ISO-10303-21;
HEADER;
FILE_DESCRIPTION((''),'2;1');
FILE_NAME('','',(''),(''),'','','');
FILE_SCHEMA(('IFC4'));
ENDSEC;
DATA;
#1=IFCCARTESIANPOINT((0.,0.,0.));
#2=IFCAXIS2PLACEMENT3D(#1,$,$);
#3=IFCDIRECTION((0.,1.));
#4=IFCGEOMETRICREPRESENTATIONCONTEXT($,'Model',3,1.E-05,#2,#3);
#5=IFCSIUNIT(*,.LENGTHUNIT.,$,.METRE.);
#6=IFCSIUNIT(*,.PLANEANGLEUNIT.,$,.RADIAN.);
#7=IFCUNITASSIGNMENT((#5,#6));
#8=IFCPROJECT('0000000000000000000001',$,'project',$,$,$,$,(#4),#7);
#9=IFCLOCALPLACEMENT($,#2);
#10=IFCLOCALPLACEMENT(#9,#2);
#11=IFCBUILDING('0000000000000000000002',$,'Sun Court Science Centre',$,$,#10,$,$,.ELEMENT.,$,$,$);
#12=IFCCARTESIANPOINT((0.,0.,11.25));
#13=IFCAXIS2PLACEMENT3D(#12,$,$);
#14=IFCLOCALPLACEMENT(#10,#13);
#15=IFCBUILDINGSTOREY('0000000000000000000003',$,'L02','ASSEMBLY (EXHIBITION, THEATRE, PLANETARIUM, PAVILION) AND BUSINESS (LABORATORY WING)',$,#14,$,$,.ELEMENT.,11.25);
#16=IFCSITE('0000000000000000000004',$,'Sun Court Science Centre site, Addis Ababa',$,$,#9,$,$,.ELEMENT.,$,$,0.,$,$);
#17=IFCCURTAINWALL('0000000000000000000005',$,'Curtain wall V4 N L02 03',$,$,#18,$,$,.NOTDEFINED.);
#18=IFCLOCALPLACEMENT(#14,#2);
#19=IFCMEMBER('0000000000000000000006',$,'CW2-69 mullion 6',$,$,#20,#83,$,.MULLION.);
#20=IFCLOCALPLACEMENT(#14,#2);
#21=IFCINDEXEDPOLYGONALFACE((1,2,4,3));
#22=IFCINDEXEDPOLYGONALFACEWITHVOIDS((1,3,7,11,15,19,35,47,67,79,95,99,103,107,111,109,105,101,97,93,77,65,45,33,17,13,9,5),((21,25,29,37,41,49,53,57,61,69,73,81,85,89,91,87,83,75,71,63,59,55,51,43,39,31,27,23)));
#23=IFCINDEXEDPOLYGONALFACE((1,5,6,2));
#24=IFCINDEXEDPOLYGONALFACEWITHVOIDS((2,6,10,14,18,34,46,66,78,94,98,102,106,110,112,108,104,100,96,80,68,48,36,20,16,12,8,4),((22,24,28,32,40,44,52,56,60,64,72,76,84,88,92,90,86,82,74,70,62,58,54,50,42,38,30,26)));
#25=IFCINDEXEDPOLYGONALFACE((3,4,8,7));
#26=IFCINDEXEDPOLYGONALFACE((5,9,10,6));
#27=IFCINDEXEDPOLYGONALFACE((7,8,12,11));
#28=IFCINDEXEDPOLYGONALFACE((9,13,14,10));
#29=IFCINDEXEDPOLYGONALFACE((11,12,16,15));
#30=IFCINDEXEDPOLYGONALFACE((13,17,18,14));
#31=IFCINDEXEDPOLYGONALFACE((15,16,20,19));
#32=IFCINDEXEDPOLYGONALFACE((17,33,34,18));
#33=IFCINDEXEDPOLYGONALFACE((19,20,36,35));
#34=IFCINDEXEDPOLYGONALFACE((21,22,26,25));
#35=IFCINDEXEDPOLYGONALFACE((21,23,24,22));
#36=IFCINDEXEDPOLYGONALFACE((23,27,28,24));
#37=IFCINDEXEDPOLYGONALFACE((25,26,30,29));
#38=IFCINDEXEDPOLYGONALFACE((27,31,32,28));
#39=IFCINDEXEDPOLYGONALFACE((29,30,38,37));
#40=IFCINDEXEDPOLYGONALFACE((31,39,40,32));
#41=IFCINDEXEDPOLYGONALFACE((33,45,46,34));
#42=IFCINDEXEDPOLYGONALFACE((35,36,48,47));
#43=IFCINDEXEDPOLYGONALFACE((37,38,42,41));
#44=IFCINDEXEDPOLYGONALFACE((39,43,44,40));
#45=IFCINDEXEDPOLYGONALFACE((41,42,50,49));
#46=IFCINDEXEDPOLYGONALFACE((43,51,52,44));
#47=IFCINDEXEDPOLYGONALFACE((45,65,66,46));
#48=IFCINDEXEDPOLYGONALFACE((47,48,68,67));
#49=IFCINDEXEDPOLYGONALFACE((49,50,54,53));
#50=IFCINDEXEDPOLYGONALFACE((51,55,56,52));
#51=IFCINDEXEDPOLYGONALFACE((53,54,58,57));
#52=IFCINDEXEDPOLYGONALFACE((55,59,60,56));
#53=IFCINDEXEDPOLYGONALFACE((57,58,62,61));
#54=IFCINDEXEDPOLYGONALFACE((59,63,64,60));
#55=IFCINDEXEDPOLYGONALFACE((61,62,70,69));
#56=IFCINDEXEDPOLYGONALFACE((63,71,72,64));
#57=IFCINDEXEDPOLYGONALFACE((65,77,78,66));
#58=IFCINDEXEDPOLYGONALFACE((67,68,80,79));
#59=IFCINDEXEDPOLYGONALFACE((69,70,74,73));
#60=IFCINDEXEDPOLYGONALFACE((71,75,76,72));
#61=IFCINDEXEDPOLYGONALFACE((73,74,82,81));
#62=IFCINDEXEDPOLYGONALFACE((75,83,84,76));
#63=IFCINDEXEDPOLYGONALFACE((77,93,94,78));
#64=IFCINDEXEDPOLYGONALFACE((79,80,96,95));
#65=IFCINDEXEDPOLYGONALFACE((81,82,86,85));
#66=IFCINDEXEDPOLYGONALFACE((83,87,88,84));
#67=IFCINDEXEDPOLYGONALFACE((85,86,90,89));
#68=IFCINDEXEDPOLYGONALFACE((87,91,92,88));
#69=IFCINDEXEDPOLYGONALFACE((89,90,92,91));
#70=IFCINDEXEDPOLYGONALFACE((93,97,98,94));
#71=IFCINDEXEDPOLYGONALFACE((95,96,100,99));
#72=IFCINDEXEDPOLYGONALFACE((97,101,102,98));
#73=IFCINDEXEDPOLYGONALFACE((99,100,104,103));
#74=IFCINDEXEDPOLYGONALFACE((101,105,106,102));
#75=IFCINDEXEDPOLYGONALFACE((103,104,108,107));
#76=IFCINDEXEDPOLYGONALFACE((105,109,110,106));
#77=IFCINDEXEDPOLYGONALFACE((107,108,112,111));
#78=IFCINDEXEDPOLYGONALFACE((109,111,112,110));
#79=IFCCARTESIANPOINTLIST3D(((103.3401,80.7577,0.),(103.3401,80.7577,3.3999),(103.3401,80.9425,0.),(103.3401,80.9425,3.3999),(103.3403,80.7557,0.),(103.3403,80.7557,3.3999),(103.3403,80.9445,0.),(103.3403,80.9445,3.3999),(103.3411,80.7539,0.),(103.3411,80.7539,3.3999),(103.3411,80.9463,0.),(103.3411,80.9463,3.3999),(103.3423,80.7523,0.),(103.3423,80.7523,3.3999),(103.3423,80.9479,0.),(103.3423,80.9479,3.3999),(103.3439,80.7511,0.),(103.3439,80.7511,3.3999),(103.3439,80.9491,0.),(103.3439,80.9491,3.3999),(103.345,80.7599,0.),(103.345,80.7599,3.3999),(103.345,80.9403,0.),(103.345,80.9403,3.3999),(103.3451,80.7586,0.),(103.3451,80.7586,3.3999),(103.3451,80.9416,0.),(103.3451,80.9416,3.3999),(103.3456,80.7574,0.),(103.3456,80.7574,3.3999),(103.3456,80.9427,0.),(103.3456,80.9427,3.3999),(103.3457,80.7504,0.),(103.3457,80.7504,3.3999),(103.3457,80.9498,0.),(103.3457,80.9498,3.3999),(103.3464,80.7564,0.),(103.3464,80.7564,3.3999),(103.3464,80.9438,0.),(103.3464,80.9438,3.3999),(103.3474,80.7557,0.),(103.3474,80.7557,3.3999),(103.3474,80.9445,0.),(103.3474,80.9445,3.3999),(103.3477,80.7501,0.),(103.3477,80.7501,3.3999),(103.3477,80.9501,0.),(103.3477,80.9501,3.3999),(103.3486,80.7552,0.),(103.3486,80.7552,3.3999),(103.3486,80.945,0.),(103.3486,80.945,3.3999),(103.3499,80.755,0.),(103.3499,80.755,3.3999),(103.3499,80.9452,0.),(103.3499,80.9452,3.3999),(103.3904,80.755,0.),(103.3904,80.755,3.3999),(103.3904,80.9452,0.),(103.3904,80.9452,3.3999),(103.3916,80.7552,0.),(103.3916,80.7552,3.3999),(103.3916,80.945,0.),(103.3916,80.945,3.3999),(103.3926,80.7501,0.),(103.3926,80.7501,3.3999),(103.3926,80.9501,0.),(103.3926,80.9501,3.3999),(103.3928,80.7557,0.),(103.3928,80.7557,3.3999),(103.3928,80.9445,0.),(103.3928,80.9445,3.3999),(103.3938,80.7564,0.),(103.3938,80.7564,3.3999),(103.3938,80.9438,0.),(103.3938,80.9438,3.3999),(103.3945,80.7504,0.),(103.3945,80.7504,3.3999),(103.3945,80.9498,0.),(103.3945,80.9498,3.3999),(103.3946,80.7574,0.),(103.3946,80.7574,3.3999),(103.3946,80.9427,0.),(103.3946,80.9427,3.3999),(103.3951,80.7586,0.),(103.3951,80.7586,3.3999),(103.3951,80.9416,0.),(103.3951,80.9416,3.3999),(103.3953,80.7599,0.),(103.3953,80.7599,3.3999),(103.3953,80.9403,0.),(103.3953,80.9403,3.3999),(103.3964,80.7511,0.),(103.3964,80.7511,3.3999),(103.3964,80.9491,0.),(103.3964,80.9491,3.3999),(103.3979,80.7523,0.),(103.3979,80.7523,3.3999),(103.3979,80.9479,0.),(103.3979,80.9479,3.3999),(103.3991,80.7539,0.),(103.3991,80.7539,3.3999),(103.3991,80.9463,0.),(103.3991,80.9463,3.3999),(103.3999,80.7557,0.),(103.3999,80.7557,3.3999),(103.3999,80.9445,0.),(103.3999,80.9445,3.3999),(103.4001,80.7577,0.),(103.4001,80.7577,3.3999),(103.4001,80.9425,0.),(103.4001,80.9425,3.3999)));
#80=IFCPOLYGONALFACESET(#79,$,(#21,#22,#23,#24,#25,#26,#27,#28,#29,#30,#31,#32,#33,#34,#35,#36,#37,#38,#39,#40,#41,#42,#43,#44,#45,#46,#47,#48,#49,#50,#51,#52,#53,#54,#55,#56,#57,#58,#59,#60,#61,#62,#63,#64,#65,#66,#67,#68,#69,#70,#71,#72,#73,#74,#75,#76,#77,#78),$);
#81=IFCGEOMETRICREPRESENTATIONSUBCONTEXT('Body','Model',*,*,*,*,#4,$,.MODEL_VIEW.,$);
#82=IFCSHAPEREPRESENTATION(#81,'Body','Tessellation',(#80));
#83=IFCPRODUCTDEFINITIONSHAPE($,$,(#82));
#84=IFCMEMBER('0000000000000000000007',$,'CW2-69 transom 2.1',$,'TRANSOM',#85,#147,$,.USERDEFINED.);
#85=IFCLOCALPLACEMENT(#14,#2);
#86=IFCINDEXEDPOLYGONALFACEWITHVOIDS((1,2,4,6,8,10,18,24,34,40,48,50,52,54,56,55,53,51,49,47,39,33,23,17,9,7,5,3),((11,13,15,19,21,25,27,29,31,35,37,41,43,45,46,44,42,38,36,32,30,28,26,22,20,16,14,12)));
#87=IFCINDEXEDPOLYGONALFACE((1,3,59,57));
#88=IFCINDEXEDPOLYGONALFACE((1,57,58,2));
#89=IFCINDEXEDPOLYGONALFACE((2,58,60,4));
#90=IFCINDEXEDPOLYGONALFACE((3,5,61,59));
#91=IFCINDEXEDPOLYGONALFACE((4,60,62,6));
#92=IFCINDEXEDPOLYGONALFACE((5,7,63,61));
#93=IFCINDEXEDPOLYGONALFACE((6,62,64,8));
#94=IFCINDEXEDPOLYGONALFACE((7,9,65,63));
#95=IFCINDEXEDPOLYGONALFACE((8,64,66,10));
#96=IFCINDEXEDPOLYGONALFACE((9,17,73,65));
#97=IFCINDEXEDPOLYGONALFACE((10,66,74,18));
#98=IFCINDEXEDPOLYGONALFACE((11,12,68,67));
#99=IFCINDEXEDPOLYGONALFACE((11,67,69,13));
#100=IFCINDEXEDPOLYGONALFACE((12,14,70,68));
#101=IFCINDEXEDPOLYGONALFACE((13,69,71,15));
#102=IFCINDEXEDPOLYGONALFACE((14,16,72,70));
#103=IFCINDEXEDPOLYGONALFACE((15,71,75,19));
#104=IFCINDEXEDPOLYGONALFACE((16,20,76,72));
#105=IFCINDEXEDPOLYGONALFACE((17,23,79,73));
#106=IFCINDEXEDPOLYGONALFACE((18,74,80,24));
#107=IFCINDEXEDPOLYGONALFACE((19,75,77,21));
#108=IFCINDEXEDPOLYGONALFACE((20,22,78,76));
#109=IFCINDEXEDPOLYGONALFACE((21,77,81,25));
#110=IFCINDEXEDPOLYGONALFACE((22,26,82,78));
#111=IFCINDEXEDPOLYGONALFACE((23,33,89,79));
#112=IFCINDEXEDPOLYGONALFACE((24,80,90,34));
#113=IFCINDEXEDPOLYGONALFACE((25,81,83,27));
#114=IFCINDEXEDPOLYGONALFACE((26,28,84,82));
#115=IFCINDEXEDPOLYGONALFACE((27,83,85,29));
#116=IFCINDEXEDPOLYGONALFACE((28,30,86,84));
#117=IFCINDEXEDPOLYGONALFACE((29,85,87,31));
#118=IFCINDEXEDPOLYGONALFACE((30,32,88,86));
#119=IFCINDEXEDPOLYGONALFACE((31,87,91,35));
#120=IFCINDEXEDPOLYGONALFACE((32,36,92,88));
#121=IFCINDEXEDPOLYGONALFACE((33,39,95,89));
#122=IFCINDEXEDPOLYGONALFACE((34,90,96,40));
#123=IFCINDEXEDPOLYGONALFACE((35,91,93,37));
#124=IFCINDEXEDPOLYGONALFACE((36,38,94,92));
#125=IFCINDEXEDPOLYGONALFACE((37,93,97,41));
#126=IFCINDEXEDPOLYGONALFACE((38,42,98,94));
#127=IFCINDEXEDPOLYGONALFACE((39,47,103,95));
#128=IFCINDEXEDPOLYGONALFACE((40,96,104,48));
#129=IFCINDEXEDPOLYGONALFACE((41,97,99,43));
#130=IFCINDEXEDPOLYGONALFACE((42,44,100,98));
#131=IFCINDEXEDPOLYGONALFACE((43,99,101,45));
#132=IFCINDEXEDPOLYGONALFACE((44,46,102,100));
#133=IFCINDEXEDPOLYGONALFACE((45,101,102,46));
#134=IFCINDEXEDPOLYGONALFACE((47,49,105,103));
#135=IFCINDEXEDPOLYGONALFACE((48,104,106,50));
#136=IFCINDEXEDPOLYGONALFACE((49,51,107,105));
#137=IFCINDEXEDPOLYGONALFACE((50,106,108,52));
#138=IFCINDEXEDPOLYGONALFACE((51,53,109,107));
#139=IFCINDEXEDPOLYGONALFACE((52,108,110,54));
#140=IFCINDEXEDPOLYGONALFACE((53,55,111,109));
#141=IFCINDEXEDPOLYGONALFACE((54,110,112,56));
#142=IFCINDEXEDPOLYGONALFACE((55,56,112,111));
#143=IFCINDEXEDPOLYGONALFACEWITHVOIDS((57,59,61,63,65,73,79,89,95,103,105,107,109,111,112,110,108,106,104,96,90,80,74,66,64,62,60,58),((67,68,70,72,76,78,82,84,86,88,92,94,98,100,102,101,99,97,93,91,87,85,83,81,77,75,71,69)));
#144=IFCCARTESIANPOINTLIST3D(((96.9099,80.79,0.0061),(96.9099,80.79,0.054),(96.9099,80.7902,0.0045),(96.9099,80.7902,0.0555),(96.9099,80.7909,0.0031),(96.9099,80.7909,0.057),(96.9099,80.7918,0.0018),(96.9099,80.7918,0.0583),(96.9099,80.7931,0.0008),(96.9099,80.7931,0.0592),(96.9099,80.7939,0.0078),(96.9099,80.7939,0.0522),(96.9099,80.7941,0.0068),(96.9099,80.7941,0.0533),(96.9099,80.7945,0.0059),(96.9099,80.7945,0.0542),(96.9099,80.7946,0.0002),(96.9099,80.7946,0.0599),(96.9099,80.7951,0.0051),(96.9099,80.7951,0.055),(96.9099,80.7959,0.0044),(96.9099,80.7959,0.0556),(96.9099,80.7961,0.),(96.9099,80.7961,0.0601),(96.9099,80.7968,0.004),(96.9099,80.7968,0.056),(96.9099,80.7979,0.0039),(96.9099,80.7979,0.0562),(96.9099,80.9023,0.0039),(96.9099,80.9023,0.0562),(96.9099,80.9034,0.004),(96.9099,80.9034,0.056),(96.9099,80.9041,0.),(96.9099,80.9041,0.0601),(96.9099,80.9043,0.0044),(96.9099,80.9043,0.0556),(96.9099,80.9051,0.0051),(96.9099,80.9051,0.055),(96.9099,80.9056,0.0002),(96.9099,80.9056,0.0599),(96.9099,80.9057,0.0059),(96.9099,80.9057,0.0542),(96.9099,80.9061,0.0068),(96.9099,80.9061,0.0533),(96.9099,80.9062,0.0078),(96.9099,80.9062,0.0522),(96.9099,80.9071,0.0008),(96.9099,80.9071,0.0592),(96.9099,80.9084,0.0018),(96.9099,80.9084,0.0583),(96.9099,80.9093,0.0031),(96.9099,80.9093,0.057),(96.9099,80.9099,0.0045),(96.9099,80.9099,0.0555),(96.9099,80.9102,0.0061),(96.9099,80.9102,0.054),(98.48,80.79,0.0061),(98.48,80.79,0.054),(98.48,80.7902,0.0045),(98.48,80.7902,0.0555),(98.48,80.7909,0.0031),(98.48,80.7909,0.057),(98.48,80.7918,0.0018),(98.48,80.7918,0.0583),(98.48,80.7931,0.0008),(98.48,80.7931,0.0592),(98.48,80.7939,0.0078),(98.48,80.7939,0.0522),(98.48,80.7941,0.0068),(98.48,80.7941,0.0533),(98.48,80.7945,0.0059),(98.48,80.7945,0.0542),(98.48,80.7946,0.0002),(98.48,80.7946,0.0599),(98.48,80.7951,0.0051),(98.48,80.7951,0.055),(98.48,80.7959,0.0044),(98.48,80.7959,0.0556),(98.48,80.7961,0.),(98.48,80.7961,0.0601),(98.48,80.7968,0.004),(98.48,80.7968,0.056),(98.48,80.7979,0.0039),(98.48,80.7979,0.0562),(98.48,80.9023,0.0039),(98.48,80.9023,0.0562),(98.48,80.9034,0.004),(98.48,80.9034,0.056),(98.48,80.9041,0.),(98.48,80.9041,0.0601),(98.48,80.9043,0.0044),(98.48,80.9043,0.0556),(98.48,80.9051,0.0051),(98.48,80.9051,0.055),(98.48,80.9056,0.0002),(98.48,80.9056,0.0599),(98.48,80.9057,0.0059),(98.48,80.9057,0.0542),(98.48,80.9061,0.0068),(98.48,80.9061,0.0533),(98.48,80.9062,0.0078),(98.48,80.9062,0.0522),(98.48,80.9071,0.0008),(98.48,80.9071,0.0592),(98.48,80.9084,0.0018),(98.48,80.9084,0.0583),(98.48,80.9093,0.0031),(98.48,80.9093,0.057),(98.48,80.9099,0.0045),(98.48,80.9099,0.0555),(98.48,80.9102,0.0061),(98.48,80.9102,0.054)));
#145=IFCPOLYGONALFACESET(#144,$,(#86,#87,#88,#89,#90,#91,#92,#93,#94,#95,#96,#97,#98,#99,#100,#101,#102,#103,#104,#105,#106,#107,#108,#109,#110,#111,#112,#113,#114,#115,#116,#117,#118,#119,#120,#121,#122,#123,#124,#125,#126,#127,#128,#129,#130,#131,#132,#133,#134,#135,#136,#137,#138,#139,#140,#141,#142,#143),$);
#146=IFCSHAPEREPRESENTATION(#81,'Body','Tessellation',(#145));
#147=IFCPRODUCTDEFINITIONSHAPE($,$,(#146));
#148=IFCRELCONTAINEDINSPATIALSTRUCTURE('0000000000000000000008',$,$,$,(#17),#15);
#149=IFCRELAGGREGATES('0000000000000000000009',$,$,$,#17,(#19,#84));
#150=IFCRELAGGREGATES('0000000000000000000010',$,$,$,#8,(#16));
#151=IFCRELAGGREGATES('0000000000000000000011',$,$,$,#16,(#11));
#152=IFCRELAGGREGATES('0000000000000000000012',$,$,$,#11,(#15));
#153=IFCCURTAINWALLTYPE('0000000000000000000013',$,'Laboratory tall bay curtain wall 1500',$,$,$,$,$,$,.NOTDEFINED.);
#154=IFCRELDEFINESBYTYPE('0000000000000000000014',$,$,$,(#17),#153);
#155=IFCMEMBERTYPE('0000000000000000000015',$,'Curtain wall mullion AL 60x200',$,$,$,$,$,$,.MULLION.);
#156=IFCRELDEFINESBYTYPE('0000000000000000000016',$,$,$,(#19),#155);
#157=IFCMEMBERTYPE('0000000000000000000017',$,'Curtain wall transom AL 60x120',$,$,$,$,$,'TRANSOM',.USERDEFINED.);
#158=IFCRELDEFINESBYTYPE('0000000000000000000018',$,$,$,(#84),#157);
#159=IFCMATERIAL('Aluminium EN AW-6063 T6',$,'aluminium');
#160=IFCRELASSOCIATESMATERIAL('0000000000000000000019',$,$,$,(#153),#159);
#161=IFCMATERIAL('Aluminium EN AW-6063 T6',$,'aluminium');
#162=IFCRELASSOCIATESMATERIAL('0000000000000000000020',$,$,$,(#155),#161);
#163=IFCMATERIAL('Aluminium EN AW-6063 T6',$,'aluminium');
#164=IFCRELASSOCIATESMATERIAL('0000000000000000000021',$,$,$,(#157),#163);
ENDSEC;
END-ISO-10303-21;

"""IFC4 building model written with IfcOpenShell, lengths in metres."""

from ifc_helpers import new_model, si_unit, direction, frame, origin, origin_2d, place, context, subcontext, project, spatial, hollow_rectangle, extrude, material, material_profile, profile_set, type_object, element, aggregate, save


model = new_model("IFC4")

# Units and contexts
model_context = context("Model", 3, precision=1e-05, world=origin(), true_north=direction((0.0, 1.0)))
body_context = subcontext(model_context, "Body", "Model", "MODEL_VIEW")
ifc_project = project(units=[si_unit("LENGTHUNIT", "METRE"), si_unit("PLANEANGLEUNIT", "RADIAN")], contexts=[model_context])

# Site, building, storey
site_placement = place(None, origin())
site = spatial("IfcSite", under=ifc_project, at=site_placement, Name="Sun Court Science Centre site, Addis Ababa", CompositionType="ELEMENT", RefElevation=0.0)
building_placement = place(site_placement, origin())
building = spatial("IfcBuilding", under=site, at=building_placement, Name="Sun Court Science Centre", CompositionType="ELEMENT")
storey_placement = place(building_placement, frame((0.0, 0.0, 11.25)))
storey = spatial("IfcBuildingStorey", under=building, at=storey_placement, Name="L02", Description="ASSEMBLY (EXHIBITION, THEATRE, PLANETARIUM, PAVILION) AND BUSINESS (LABORATORY WING)", CompositionType="ELEMENT", Elevation=11.25)

# Curtain wall, members
ifc_material_1 = material(Name="Aluminium EN AW-6063 T6", Category="aluminium")
curtain_wall_type = type_object("IfcCurtainWallType", Name="Laboratory tall bay curtain wall 1500", PredefinedType="NOTDEFINED", material=ifc_material_1)
curtain_wall_placement = place(storey_placement, origin())
curtain_wall = element("IfcCurtainWall", 1, at=curtain_wall_placement, inside=storey, type_object=curtain_wall_type, Name="Curtain wall V4 N L02 03", PredefinedType="NOTDEFINED")
ifc_material_2 = material(Name="Aluminium EN AW-6063 T6", Category="aluminium")
ifc_material_profile_1 = material_profile(ifc_material_2, hollow_rectangle(XDim=0.0601, YDim=0.2, WallThickness=0.0049, InnerFilletRadius=0.0049, OuterFilletRadius=0.0076, at=origin_2d()), Name="AL 60x200x5")
ifc_profile_set_1 = profile_set([ifc_material_profile_1], Name="Aluminium EN AW-6063 T6")
member_type_1 = type_object("IfcMemberType", Name="Curtain wall mullion AL 60x200", PredefinedType="MULLION", material=ifc_profile_set_1)
member_1_placement = place(storey_placement, frame((103.3701, 80.8501, 0.0), z_axis=(0.0, 0.0, 1.0), x_axis=(1.0, 0.0, 0.0)))
member_1 = element("IfcMember", 2, at=member_1_placement, type_object=member_type_1, Name="CW2-69 mullion 6", PredefinedType="MULLION", context=body_context, shape_type="SweptSolid", body=[
    extrude(hollow_rectangle(XDim=0.0601, YDim=0.2, WallThickness=0.0049, InnerFilletRadius=0.0049, OuterFilletRadius=0.0076, at=origin_2d()), origin(), (0.0, 0.0, 1.0), 3.3999),
])
ifc_material_3 = material(Name="Aluminium EN AW-6063 T6", Category="aluminium")
ifc_material_profile_2 = material_profile(ifc_material_3, hollow_rectangle(XDim=0.0601, YDim=0.1201, WallThickness=0.0039, InnerFilletRadius=0.0039, OuterFilletRadius=0.0061, at=origin_2d()), Name="AL 60x120x4")
ifc_profile_set_2 = profile_set([ifc_material_profile_2], Name="Aluminium EN AW-6063 T6")
member_type_2 = type_object("IfcMemberType", Name="Curtain wall transom AL 60x120", ElementType="TRANSOM", PredefinedType="USERDEFINED", material=ifc_profile_set_2)
member_2_placement = place(storey_placement, frame((96.9099, 80.8501, 0.03), z_axis=(1.0, 0.0, 0.0), x_axis=(0.0, 0.0, 1.0)))
member_2 = element("IfcMember", 3, at=member_2_placement, type_object=member_type_2, Name="CW2-69 transom 2.1", ObjectType="TRANSOM", PredefinedType="USERDEFINED", context=body_context, shape_type="SweptSolid", body=[
    extrude(hollow_rectangle(XDim=0.0601, YDim=0.1201, WallThickness=0.0039, InnerFilletRadius=0.0039, OuterFilletRadius=0.0061, at=origin_2d()), origin(), (0.0, 0.0, 1.0), 1.5701),
])
aggregate(curtain_wall, [member_1, member_2])

save(model, "model.ifc")
